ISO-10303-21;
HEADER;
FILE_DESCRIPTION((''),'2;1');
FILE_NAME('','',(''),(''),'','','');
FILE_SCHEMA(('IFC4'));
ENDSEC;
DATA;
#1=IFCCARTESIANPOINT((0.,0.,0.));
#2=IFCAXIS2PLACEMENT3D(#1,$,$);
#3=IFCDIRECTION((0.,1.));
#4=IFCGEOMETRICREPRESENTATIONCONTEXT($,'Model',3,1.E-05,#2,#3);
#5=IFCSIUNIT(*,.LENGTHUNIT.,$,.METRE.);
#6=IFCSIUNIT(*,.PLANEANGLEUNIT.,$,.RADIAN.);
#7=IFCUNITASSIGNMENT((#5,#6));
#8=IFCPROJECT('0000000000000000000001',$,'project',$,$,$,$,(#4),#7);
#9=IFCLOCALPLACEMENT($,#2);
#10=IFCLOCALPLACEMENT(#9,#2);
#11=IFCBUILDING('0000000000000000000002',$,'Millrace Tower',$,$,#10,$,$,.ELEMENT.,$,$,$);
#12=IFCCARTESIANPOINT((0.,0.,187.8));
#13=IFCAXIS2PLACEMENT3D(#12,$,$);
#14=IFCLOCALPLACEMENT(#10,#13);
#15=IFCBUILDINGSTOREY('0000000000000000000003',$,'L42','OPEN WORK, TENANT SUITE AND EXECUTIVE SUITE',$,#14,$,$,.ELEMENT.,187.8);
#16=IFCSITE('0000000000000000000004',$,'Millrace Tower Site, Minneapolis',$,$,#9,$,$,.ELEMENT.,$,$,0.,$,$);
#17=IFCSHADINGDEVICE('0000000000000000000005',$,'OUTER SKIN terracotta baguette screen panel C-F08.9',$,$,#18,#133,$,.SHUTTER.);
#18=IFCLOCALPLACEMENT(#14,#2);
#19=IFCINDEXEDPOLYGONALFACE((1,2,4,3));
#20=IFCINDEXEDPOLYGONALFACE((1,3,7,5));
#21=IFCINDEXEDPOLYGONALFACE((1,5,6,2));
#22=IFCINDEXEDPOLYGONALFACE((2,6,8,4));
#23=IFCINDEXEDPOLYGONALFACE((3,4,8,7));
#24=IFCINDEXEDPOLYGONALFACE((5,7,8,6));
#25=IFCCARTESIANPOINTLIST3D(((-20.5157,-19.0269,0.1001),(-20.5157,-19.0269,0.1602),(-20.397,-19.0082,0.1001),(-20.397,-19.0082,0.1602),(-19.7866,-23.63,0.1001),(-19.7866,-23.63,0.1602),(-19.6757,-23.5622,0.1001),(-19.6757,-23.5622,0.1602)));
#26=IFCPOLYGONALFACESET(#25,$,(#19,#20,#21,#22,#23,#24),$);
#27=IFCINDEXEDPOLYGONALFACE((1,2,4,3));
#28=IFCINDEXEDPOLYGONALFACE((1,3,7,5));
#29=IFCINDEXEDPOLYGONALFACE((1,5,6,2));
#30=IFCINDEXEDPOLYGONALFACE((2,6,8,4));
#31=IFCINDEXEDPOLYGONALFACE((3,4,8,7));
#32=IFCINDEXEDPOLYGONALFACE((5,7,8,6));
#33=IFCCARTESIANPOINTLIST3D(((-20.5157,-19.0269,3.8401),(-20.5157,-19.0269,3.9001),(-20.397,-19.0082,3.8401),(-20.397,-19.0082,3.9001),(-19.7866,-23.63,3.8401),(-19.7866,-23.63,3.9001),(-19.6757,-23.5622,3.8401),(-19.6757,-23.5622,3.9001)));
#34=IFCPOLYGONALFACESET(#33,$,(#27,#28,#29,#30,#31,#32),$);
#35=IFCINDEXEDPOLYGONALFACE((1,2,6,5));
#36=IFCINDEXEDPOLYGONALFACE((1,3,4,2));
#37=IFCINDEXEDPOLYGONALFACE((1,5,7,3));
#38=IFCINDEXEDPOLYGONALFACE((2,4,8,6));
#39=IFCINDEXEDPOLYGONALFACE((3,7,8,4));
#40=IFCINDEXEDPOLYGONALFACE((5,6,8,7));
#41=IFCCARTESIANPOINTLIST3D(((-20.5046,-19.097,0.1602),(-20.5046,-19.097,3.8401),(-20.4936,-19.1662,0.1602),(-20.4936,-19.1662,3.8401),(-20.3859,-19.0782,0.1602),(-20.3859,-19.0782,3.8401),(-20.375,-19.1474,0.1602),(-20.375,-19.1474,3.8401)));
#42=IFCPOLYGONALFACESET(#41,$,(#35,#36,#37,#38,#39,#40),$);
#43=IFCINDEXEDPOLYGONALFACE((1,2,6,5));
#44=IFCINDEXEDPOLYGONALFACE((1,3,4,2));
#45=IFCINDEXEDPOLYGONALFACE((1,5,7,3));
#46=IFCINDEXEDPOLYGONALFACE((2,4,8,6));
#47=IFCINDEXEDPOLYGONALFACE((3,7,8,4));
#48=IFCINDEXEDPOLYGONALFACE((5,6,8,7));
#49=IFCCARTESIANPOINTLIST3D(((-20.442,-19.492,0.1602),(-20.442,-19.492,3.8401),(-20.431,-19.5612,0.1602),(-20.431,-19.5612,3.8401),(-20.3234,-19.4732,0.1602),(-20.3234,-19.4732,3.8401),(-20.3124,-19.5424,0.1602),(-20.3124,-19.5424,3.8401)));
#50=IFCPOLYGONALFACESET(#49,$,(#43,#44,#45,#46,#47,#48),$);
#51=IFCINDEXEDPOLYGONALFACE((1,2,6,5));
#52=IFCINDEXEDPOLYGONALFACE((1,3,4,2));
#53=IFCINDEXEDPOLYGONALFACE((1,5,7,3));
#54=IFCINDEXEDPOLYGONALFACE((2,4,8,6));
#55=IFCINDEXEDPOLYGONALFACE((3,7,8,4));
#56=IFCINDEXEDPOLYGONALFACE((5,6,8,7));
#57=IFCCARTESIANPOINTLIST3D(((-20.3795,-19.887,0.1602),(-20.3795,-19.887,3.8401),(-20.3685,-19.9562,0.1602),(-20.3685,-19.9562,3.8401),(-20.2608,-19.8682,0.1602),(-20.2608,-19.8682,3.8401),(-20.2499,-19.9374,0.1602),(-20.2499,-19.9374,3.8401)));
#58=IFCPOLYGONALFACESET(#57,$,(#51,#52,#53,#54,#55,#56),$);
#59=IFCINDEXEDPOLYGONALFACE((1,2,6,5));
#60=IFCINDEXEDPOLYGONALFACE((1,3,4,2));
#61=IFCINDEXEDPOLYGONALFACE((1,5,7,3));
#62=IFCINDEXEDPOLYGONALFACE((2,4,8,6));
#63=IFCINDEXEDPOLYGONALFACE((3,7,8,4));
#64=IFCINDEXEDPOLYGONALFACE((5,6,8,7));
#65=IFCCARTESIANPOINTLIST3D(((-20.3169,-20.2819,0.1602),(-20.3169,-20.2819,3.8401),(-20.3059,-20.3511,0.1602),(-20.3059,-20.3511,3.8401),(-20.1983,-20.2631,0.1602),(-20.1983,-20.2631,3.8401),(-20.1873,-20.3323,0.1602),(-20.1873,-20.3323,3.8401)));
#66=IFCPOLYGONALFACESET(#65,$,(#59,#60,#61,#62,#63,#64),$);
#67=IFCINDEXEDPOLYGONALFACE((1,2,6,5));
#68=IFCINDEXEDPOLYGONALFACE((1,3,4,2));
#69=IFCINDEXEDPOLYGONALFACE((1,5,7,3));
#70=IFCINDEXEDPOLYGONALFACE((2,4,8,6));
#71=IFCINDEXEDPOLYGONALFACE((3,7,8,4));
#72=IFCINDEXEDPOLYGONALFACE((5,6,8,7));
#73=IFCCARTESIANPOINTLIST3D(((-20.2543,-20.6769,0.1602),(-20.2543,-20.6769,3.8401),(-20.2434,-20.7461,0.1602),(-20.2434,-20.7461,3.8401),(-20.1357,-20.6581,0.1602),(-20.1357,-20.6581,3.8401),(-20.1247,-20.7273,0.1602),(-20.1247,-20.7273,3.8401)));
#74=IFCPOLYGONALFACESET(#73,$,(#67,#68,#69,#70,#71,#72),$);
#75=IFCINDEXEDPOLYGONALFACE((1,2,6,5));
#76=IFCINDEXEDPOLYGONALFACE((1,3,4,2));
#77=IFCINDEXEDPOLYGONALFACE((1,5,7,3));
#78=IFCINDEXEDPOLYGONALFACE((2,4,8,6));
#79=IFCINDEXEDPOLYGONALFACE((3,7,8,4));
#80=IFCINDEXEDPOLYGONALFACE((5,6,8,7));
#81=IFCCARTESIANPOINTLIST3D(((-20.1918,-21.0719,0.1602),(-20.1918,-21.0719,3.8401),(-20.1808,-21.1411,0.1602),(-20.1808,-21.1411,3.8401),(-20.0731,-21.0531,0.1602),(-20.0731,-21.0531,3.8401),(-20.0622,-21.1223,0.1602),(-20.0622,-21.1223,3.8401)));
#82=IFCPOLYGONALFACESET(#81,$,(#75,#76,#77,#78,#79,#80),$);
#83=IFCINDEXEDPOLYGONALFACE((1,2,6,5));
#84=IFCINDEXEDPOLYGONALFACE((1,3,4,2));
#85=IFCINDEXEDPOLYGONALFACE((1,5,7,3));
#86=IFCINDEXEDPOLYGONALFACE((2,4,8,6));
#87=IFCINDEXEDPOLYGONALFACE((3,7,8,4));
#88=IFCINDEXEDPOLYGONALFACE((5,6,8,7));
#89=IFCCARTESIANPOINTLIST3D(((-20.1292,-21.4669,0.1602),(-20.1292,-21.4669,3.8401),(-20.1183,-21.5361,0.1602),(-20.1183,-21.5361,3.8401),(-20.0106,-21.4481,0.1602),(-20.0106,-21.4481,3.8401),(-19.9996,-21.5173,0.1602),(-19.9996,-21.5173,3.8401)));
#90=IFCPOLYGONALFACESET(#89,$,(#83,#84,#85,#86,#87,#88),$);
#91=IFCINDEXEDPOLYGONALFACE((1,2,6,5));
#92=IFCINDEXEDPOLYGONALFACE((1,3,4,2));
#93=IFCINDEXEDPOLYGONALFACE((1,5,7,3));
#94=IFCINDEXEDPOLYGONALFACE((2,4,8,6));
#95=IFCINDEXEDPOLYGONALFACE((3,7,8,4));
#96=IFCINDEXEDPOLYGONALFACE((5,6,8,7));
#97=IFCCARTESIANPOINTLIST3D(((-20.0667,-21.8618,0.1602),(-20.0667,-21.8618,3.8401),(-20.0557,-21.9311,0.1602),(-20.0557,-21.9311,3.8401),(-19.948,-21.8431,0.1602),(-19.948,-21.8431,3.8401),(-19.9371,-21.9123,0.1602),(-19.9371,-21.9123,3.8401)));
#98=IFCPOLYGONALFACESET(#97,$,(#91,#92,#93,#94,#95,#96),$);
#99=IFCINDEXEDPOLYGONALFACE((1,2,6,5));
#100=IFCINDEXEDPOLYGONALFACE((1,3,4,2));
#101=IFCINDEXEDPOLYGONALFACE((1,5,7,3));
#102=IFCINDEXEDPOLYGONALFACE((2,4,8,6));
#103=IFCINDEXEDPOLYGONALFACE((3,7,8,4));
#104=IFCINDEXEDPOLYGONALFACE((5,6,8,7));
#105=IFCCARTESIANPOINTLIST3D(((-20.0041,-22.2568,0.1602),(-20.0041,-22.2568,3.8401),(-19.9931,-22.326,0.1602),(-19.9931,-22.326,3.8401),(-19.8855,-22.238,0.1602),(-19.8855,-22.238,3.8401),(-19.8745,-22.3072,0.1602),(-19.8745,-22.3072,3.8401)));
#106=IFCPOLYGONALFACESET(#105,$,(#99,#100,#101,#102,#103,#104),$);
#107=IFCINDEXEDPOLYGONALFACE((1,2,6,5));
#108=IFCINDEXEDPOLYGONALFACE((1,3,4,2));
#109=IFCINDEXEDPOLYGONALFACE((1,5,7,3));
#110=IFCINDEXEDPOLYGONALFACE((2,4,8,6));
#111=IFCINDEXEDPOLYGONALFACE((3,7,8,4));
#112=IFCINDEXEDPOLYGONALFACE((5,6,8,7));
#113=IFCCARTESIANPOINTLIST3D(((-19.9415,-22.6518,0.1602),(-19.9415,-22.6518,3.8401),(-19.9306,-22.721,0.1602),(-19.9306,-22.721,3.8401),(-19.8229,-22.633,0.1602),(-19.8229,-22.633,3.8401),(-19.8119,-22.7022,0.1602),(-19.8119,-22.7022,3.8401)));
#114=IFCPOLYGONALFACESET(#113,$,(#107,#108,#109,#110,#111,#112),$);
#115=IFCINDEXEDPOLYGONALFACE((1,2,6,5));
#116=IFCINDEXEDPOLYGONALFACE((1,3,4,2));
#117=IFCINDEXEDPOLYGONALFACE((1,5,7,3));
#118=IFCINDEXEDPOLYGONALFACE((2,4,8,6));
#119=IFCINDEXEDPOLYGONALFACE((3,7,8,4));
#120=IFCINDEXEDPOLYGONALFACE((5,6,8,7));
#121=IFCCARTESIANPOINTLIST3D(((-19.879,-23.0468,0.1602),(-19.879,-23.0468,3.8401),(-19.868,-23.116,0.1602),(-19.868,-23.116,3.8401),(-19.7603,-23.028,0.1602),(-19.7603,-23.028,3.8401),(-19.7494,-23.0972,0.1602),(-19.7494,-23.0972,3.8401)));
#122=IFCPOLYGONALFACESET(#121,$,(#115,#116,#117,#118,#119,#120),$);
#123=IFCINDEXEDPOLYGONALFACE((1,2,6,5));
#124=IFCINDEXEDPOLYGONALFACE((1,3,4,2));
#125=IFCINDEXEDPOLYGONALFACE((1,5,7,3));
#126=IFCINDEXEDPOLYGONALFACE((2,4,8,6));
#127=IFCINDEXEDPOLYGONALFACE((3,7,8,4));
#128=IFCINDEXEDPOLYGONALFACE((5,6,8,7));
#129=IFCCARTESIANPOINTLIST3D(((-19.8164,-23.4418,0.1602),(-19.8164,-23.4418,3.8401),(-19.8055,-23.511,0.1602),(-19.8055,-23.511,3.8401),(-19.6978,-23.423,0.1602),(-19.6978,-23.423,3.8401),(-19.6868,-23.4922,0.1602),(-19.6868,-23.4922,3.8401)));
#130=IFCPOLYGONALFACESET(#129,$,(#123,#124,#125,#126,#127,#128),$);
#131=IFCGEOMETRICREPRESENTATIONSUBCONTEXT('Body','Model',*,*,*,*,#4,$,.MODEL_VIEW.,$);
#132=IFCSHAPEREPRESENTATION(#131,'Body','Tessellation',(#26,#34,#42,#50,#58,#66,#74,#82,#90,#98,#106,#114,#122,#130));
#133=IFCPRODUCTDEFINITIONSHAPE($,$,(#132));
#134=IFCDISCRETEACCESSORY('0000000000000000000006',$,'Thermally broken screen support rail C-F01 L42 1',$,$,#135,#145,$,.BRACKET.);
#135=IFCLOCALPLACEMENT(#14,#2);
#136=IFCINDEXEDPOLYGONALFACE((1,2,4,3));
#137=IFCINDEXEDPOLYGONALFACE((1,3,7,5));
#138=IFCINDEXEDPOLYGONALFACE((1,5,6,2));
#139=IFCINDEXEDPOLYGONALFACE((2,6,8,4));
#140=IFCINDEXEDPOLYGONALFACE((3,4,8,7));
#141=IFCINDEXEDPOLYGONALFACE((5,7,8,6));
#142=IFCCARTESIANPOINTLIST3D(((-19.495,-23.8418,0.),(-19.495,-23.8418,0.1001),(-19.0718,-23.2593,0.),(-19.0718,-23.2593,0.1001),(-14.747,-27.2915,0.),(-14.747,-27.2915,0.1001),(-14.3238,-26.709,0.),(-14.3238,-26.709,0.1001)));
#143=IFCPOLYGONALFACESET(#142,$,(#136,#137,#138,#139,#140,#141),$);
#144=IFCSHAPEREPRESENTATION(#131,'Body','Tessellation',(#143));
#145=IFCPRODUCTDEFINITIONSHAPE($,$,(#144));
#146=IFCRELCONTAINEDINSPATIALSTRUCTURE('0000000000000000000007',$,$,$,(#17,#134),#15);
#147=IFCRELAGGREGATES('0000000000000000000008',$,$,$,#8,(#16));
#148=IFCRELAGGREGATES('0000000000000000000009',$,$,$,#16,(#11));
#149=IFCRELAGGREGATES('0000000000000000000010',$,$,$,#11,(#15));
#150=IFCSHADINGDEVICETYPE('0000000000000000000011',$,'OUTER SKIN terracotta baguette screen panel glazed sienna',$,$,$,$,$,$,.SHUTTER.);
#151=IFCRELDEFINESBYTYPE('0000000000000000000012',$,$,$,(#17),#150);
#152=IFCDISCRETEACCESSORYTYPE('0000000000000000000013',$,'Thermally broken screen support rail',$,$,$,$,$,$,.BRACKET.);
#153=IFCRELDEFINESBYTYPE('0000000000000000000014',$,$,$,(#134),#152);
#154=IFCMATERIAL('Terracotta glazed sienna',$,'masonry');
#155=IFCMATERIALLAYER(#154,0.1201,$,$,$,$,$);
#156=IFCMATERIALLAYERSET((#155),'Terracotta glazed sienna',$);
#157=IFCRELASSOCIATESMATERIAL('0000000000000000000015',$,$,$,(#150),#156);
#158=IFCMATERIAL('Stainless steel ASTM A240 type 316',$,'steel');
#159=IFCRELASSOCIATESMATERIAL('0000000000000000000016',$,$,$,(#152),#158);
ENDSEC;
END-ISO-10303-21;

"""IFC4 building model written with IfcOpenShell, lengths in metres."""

from ifc_helpers import new_model, entity, si_unit, direction, frame, frame_2d, origin, origin_2d, place, context, subcontext, project, spatial, rectangle, extrude, source, transform, mapped, material, layer, layer_set, type_object, element, save


model = new_model("IFC4")

# Units and contexts
model_context = context("Model", 3, precision=1e-05, world=origin(), true_north=direction((0.0, 1.0)))
body_context = subcontext(model_context, "Body", "Model", "MODEL_VIEW")
ifc_project = project(units=[si_unit("LENGTHUNIT", "METRE"), si_unit("PLANEANGLEUNIT", "RADIAN")], contexts=[model_context])

# Site, building, storey
site_placement = place(None, origin())
site = spatial("IfcSite", under=ifc_project, at=site_placement, Name="Millrace Tower Site, Minneapolis", CompositionType="ELEMENT", RefElevation=0.0)
building_placement = place(site_placement, origin())
building = spatial("IfcBuilding", under=site, at=building_placement, Name="Millrace Tower", CompositionType="ELEMENT")
storey_placement = place(building_placement, frame((0.0, 0.0, 187.8)))
storey = spatial("IfcBuildingStorey", under=building, at=storey_placement, Name="L42", Description="OPEN WORK, TENANT SUITE AND EXECUTIVE SUITE", CompositionType="ELEMENT", Elevation=187.8)

# Shading device
ifc_material_1 = material(Name="Terracotta glazed sienna", Category="masonry")
ifc_layer_1 = layer(ifc_material_1, 0.1201)
ifc_layer_set_1 = layer_set([ifc_layer_1], Name="Terracotta glazed sienna")
shading_device_type = type_object("IfcShadingDeviceType", Name="OUTER SKIN terracotta baguette screen panel glazed sienna", PredefinedType="SHUTTER", material=ifc_layer_set_1)
cartesian_point_1 = entity("IfcCartesianPoint", [-2.3179, 0.0601])
shared_polyline_1 = entity("IfcPolyline", [cartesian_point_1, entity("IfcCartesianPoint", [2.293, 0.0601]), entity("IfcCartesianPoint", [2.3425, -0.0601]), entity("IfcCartesianPoint", [-2.3179, -0.0601]), cartesian_point_1])
shared_shape_1 = source(origin(), body_context, "Body", "SweptSolid", [
    entity("IfcExtrudedAreaSolid", entity("IfcArbitraryClosedProfileDef", "AREA", None, shared_polyline_1), entity("IfcAxis2Placement3D", entity("IfcCartesianPoint", [0.0, 0.0, 0.0])), entity("IfcDirection", [0.0, 0.0, 1.0]), 0.0601),
    entity("IfcExtrudedAreaSolid", entity("IfcArbitraryClosedProfileDef", "AREA", None, shared_polyline_1), entity("IfcAxis2Placement3D", entity("IfcCartesianPoint", [0.0, 0.0, 3.74])), entity("IfcDirection", [0.0, 0.0, 1.0]), 0.0601),
    extrude(rectangle(XDim=0.0701, YDim=0.1201, at=frame_2d((-2.2119, 0.0))), frame((0.0, 0.0, 0.0601)), (0.0, 0.0, 1.0), 3.6799),
    extrude(rectangle(XDim=0.0701, YDim=0.1201, at=frame_2d((-1.812, 0.0))), frame((0.0, 0.0, 0.0601)), (0.0, 0.0, 1.0), 3.6799),
    extrude(rectangle(XDim=0.0701, YDim=0.1201, at=frame_2d((-1.4121, 0.0))), frame((0.0, 0.0, 0.0601)), (0.0, 0.0, 1.0), 3.6799),
    extrude(rectangle(XDim=0.0701, YDim=0.1201, at=frame_2d((-1.0122, 0.0))), frame((0.0, 0.0, 0.0601)), (0.0, 0.0, 1.0), 3.6799),
    extrude(rectangle(XDim=0.0701, YDim=0.1201, at=frame_2d((-0.6123, 0.0))), frame((0.0, 0.0, 0.0601)), (0.0, 0.0, 1.0), 3.6799),
    extrude(rectangle(XDim=0.0701, YDim=0.1201, at=frame_2d((-0.2124, 0.0))), frame((0.0, 0.0, 0.0601)), (0.0, 0.0, 1.0), 3.6799),
    extrude(rectangle(XDim=0.0701, YDim=0.1201, at=frame_2d((0.1875, 0.0))), frame((0.0, 0.0, 0.0601)), (0.0, 0.0, 1.0), 3.6799),
    extrude(rectangle(XDim=0.0701, YDim=0.1201, at=frame_2d((0.5874, 0.0))), frame((0.0, 0.0, 0.0601)), (0.0, 0.0, 1.0), 3.6799),
    extrude(rectangle(XDim=0.0701, YDim=0.1201, at=frame_2d((0.9873, 0.0))), frame((0.0, 0.0, 0.0601)), (0.0, 0.0, 1.0), 3.6799),
    extrude(rectangle(XDim=0.0701, YDim=0.1201, at=frame_2d((1.3872, 0.0))), frame((0.0, 0.0, 0.0601)), (0.0, 0.0, 1.0), 3.6799),
    extrude(rectangle(XDim=0.0701, YDim=0.1201, at=frame_2d((1.7871, 0.0))), frame((0.0, 0.0, 0.0601)), (0.0, 0.0, 1.0), 3.6799),
    extrude(rectangle(XDim=0.0701, YDim=0.1201, at=frame_2d((2.187, 0.0))), frame((0.0, 0.0, 0.0601)), (0.0, 0.0, 1.0), 3.6799),
])
shading_device_1_placement = place(storey_placement, frame((-20.0938, -21.3069, 0.1001), z_axis=(0.0, 0.0, 1.0), x_axis=(0.156434, -0.987688, 0.0)))
element("IfcShadingDevice", 1, at=shading_device_1_placement, inside=storey, type_object=shading_device_type, Name="OUTER SKIN terracotta baguette screen panel C-F08.9", PredefinedType="SHUTTER", context=body_context, shape_type="MappedRepresentation", body=[
    mapped(shared_shape_1, transform((0.0, 0.0, 0.0), scale=1.0)),
])

# Discrete accessory
ifc_material_2 = material(Name="Stainless steel ASTM A240 type 316", Category="steel")
discrete_accessory_type = type_object("IfcDiscreteAccessoryType", Name="Thermally broken screen support rail", PredefinedType="BRACKET", material=ifc_material_2)
discrete_accessory_placement = place(storey_placement, frame((-16.9094, -25.2754, 0.0), z_axis=(0.0, 0.0, 1.0), x_axis=(0.809017, -0.587785, 0.0)))
element("IfcDiscreteAccessory", 2, at=discrete_accessory_placement, inside=storey, type_object=discrete_accessory_type, Name="Thermally broken screen support rail C-F01 L42 1", PredefinedType="BRACKET", context=body_context, shape_type="SweptSolid", body=[
    extrude(rectangle(XDim=5.8689, YDim=0.72, at=origin_2d()), origin(), (0.0, 0.0, 1.0), 0.1001),
])

save(model, "model.ifc")
